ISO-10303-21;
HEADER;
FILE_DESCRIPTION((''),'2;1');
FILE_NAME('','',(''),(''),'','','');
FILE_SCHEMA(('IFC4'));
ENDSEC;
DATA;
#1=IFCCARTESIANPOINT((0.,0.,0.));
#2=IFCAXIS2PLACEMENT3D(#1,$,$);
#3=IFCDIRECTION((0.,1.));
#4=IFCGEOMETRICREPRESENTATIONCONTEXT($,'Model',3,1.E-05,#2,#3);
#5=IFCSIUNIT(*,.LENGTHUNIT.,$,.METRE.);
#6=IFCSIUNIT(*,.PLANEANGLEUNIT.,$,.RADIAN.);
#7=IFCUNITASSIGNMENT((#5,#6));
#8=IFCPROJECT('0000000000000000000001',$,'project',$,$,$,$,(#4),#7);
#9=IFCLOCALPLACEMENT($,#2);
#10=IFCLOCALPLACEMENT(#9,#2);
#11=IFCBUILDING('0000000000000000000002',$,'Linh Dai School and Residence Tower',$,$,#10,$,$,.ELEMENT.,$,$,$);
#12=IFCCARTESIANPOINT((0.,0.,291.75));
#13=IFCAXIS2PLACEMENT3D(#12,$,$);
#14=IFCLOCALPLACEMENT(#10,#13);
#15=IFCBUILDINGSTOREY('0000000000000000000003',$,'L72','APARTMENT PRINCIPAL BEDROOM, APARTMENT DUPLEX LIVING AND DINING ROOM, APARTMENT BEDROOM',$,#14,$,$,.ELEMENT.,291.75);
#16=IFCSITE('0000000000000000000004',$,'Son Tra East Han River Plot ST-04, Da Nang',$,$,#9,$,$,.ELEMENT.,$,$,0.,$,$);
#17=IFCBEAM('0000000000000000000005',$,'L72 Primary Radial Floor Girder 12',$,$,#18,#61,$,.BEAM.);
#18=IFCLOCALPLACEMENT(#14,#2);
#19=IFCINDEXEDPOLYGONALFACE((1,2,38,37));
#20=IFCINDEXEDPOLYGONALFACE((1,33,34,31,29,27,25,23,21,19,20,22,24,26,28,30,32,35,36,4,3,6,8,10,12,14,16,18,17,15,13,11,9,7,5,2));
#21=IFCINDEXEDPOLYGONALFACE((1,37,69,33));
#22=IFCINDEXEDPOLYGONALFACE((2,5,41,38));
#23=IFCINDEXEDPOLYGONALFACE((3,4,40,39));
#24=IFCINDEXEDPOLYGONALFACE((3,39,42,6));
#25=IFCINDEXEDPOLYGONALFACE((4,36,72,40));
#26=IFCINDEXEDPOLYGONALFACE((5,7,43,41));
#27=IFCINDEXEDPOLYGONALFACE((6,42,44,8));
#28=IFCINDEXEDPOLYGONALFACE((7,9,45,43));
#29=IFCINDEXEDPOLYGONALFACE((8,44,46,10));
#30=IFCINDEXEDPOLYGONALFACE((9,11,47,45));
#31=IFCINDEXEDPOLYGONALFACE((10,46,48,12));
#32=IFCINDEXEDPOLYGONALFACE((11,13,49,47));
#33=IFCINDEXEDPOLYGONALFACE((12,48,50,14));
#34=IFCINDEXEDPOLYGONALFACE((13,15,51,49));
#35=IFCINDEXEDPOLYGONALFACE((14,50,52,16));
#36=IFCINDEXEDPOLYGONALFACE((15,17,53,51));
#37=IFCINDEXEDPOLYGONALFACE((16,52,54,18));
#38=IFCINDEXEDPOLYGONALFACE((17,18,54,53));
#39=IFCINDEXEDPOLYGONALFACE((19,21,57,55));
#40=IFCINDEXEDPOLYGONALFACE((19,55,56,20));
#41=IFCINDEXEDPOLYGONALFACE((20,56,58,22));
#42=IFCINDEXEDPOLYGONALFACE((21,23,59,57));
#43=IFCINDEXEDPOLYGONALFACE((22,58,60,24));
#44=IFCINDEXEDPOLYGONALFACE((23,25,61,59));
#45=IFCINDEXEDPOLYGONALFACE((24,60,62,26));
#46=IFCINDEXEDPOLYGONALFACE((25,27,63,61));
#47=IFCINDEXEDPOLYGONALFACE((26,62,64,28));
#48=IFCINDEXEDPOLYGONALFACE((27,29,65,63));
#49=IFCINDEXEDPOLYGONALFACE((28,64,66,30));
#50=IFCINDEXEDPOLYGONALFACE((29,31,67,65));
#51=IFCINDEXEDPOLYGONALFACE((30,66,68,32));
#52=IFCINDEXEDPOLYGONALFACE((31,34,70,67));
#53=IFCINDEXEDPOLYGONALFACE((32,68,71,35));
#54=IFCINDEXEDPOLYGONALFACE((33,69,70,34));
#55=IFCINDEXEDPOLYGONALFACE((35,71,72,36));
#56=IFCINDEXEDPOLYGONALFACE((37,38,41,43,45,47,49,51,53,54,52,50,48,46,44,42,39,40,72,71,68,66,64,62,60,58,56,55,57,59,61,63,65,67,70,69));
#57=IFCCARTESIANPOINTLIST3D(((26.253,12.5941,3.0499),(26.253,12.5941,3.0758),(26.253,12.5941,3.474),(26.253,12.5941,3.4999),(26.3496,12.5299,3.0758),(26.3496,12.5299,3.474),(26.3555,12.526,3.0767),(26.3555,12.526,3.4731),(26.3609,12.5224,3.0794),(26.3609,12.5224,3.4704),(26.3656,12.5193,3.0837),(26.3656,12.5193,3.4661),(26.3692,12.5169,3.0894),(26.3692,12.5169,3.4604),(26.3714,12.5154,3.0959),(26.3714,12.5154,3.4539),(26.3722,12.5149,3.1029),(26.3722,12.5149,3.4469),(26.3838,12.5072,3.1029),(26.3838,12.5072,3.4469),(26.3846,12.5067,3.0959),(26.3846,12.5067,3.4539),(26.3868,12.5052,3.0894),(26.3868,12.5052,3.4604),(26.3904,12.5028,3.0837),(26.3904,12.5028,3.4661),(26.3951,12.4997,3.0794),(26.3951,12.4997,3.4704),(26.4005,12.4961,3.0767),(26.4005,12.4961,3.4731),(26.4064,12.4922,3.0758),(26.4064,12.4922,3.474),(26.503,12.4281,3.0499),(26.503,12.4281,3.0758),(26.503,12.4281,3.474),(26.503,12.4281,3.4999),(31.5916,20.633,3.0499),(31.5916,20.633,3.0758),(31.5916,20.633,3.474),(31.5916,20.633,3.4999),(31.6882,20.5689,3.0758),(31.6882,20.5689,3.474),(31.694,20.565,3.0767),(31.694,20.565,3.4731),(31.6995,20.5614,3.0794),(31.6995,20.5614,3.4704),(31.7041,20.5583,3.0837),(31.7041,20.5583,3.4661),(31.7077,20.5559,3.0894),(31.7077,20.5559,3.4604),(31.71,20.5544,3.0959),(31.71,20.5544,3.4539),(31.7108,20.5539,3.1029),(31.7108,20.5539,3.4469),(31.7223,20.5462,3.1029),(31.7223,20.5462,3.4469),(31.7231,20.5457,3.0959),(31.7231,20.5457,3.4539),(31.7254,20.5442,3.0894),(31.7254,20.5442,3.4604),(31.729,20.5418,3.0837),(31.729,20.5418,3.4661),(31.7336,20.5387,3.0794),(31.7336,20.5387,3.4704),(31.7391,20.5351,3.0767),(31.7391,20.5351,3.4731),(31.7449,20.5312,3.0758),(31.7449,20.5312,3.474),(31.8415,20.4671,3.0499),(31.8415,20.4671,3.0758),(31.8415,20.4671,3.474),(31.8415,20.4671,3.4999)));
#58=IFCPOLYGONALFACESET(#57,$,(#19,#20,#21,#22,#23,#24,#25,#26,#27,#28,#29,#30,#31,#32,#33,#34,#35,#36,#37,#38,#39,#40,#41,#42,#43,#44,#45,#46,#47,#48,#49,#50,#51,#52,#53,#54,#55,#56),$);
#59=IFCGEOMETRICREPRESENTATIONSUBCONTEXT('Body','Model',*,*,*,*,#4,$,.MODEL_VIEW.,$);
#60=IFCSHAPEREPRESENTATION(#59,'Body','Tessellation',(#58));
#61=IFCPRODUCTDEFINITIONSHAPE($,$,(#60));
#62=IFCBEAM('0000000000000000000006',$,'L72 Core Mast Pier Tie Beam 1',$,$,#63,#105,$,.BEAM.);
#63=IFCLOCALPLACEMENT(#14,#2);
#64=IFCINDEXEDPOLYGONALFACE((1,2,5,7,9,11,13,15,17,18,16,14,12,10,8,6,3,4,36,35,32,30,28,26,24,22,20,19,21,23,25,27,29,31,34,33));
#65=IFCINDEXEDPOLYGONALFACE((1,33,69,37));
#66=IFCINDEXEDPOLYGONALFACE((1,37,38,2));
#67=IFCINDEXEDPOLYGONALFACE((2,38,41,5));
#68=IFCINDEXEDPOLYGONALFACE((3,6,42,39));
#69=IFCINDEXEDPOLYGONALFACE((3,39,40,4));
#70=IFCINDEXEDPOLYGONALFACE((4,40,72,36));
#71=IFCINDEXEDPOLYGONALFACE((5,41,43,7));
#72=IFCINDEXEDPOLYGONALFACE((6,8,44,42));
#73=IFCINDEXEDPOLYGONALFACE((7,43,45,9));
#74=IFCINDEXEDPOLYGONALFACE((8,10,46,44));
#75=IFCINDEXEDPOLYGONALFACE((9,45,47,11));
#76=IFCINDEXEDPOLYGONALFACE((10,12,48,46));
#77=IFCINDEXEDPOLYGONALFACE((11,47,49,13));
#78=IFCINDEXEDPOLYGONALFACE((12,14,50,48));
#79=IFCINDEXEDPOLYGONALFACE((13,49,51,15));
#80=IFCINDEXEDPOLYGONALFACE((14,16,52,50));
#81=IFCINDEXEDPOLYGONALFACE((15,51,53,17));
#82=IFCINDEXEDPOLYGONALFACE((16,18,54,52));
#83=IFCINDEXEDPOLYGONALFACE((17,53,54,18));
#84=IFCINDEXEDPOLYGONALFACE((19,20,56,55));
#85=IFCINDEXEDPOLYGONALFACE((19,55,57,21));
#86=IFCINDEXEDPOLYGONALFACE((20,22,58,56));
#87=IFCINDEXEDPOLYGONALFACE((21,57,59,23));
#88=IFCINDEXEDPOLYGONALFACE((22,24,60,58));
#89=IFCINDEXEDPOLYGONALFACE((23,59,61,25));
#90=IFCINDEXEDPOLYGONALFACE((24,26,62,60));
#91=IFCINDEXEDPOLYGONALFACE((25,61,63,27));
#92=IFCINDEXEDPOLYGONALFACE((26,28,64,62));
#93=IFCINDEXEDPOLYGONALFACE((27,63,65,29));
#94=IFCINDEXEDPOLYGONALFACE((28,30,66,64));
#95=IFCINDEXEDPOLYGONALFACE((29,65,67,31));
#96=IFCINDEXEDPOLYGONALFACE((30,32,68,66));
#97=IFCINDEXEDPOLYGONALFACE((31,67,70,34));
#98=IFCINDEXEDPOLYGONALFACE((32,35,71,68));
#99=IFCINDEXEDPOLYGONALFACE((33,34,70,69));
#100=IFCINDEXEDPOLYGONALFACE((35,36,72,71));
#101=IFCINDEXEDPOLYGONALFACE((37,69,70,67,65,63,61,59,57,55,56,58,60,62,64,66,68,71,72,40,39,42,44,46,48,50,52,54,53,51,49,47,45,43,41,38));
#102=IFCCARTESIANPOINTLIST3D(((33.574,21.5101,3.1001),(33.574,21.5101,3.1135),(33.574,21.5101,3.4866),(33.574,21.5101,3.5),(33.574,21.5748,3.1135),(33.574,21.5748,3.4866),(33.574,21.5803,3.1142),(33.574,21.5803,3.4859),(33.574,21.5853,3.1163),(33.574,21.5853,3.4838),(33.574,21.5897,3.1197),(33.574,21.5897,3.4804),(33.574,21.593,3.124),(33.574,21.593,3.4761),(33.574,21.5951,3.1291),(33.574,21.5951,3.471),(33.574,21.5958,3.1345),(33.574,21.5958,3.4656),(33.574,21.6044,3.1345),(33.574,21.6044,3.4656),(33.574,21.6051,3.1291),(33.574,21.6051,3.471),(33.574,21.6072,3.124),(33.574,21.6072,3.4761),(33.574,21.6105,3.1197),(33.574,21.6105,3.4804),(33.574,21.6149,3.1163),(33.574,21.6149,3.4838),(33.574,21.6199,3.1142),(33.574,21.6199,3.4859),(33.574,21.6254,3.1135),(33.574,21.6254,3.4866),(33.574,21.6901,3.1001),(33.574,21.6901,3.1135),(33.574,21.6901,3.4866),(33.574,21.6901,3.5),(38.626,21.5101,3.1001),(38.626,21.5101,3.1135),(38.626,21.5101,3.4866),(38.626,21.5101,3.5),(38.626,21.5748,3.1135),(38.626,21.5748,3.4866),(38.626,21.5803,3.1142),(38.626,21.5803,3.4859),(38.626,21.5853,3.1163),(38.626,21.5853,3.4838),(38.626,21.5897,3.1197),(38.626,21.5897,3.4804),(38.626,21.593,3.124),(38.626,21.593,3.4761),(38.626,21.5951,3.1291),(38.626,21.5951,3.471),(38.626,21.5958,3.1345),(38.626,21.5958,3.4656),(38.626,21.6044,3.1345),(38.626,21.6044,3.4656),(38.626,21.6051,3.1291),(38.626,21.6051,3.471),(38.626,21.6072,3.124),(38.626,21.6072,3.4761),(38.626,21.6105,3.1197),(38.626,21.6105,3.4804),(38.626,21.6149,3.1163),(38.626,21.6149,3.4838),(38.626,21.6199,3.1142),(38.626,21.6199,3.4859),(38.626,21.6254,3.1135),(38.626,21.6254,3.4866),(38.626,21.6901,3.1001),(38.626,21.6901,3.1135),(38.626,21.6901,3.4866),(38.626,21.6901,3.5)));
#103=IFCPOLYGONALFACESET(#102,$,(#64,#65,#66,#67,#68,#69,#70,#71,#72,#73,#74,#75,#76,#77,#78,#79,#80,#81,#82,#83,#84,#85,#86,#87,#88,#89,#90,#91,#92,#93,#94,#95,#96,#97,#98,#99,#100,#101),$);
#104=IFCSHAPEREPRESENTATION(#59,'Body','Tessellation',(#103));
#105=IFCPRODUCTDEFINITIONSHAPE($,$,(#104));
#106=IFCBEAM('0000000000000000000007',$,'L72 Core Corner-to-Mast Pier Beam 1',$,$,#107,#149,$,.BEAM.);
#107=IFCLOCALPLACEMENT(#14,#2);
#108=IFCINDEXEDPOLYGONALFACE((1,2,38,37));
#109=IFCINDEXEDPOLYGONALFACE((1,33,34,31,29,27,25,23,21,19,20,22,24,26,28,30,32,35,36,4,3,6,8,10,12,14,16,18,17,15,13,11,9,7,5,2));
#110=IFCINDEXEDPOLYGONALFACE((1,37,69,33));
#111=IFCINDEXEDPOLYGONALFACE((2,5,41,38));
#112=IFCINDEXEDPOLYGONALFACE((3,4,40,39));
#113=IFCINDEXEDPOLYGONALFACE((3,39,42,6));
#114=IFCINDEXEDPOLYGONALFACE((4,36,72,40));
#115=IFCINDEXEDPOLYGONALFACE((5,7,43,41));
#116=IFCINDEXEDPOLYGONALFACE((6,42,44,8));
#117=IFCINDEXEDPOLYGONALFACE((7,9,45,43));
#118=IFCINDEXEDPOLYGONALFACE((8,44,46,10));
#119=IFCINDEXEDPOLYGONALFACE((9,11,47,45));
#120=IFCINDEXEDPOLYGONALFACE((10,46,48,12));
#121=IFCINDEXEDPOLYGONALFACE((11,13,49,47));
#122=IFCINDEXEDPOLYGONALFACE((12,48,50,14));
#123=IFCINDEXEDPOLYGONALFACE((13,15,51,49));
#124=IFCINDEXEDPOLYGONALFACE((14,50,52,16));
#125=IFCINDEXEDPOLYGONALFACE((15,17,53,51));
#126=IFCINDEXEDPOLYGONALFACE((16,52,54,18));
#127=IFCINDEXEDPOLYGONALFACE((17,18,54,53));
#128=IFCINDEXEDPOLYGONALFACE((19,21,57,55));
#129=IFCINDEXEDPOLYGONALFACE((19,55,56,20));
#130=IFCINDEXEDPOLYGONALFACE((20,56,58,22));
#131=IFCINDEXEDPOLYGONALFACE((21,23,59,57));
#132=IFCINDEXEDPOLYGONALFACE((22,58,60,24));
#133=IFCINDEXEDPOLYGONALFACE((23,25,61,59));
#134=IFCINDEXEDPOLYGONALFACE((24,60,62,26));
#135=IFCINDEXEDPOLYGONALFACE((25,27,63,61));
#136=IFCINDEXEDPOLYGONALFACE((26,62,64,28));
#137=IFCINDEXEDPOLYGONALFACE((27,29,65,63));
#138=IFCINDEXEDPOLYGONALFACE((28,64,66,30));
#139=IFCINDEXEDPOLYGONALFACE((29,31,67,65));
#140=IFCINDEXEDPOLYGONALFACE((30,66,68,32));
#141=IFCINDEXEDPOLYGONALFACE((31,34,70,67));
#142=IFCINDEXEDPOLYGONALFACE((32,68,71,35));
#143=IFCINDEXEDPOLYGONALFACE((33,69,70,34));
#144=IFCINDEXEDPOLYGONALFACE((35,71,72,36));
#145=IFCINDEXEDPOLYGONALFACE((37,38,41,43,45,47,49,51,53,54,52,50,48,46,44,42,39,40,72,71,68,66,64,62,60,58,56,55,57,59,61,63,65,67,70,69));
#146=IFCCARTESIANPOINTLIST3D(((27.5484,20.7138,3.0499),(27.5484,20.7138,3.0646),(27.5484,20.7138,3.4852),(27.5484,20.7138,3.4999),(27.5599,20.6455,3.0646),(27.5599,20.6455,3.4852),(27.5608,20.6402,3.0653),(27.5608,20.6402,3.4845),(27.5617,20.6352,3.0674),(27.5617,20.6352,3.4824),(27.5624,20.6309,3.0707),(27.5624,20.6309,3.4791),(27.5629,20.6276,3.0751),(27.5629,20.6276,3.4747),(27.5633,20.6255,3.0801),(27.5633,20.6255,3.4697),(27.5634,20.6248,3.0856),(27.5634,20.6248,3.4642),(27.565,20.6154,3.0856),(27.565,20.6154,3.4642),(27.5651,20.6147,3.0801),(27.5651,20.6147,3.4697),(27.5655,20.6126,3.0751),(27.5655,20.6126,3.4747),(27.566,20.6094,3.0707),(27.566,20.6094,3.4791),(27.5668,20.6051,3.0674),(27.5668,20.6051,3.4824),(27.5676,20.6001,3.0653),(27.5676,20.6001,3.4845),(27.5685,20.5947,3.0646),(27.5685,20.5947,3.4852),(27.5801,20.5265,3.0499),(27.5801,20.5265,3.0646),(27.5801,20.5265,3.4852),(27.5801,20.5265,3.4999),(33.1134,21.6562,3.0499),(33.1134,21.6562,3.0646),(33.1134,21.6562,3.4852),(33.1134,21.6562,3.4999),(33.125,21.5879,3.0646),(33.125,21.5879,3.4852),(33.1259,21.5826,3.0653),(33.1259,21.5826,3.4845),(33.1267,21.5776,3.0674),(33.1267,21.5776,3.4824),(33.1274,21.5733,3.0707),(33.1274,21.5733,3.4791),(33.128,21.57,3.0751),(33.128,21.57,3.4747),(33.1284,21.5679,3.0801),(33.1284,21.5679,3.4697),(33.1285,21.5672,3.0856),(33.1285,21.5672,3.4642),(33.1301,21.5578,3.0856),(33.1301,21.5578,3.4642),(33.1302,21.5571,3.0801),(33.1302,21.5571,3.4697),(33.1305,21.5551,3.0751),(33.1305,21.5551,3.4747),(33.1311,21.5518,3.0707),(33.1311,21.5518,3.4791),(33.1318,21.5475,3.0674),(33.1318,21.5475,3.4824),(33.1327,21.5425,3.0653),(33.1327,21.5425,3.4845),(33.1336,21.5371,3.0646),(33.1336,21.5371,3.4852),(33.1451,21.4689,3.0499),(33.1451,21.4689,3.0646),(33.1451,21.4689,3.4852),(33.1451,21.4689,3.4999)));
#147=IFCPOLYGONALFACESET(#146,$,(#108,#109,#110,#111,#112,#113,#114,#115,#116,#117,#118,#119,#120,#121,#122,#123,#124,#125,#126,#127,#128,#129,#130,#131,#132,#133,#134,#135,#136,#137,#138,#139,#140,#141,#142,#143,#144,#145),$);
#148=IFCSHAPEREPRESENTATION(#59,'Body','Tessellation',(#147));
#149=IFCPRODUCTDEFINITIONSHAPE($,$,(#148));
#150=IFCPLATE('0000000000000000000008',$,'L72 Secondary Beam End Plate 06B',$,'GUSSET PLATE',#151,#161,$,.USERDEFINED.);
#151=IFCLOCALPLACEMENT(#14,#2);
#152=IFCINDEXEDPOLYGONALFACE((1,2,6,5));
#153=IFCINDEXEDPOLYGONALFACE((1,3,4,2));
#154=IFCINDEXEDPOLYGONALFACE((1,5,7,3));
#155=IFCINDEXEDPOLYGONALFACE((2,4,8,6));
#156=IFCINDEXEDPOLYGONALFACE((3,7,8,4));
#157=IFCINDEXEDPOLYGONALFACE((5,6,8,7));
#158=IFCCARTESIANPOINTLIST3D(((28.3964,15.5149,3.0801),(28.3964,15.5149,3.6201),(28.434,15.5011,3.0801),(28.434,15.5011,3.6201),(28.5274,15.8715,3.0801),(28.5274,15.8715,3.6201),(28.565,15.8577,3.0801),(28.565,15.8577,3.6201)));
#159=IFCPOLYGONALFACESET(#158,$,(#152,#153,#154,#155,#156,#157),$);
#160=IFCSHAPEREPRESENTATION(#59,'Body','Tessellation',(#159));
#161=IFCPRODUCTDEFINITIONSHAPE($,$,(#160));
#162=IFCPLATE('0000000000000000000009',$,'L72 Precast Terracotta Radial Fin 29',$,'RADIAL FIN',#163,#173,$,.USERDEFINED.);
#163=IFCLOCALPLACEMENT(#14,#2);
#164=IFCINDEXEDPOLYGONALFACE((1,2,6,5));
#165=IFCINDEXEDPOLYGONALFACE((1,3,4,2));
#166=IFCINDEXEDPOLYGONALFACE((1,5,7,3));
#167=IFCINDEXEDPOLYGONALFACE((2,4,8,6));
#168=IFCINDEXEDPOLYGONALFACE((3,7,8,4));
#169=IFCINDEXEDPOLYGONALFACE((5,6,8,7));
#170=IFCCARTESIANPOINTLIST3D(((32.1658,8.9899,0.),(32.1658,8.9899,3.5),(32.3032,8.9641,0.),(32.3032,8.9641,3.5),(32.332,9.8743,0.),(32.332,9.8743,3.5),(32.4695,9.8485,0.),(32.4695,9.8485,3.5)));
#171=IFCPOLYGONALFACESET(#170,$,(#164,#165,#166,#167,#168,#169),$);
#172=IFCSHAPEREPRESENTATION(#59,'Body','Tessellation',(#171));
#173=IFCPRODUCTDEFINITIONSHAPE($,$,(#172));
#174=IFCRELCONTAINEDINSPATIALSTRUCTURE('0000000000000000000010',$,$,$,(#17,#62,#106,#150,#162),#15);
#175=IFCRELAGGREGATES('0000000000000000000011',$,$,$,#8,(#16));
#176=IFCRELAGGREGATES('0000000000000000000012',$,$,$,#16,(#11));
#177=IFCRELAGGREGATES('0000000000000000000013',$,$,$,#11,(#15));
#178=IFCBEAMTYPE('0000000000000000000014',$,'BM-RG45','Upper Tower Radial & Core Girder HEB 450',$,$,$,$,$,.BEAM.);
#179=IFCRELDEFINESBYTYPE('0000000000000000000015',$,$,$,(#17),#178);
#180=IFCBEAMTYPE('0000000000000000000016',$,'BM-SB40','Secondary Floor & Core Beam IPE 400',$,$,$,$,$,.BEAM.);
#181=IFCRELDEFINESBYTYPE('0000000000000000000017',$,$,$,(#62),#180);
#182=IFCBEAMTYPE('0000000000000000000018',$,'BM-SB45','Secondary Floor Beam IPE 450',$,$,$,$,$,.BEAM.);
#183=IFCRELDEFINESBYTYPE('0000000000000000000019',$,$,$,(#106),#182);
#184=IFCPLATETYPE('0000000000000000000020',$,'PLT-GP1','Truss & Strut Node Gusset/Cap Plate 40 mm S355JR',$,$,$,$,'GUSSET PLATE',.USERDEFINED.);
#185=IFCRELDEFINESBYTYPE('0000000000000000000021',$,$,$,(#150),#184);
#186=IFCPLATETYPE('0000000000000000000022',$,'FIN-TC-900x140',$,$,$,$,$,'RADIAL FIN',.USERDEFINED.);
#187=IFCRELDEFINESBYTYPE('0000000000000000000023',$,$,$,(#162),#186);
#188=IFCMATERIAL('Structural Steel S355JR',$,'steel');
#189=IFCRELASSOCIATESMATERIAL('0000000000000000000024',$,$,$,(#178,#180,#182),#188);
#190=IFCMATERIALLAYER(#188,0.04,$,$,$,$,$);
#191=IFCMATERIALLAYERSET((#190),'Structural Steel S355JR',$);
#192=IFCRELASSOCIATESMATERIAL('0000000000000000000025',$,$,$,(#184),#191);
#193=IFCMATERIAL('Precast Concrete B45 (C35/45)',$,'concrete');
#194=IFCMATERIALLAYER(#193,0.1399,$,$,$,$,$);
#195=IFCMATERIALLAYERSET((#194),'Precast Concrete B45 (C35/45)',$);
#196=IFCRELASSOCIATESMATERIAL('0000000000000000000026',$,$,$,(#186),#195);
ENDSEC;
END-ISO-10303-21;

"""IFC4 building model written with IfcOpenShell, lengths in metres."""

from ifc_helpers import new_model, si_unit, direction, frame, origin, origin_2d, place, context, subcontext, project, spatial, rectangle, i_section, extrude, source, transform, mapped, material, layer, layer_set, material_profile, profile_set, type_object, element, save


model = new_model("IFC4")

# Units and contexts
model_context = context("Model", 3, precision=1e-05, world=origin(), true_north=direction((0.0, 1.0)))
body_context = subcontext(model_context, "Body", "Model", "MODEL_VIEW")
ifc_project = project(units=[si_unit("LENGTHUNIT", "METRE"), si_unit("PLANEANGLEUNIT", "RADIAN")], contexts=[model_context])

# Site, building, storey
site_placement = place(None, origin())
site = spatial("IfcSite", under=ifc_project, at=site_placement, Name="Son Tra East Han River Plot ST-04, Da Nang", CompositionType="ELEMENT", RefElevation=0.0)
building_placement = place(site_placement, origin())
building = spatial("IfcBuilding", under=site, at=building_placement, Name="Linh Dai School and Residence Tower", CompositionType="ELEMENT")
storey_placement = place(building_placement, frame((0.0, 0.0, 291.75)))
storey = spatial("IfcBuildingStorey", under=building, at=storey_placement, Name="L72", Description="APARTMENT PRINCIPAL BEDROOM, APARTMENT DUPLEX LIVING AND DINING ROOM, APARTMENT BEDROOM", CompositionType="ELEMENT", Elevation=291.75)

# Shared definitions
ifc_material_1 = material(Name="Structural Steel S355JR", Category="steel")

# Beams
ifc_material_profile_1 = material_profile(ifc_material_1, i_section(OverallWidth=0.3, OverallDepth=0.45, WebThickness=0.0139, FlangeThickness=0.0259, FilletRadius=0.0271, at=origin_2d()), Name="HEB 450")
ifc_profile_set_1 = profile_set([ifc_material_profile_1], Name="Structural Steel S355JR")
beam_type_1 = type_object("IfcBeamType", Name="BM-RG45", Description="Upper Tower Radial & Core Girder HEB 450", PredefinedType="BEAM", material=ifc_profile_set_1)
beam_1_placement = place(storey_placement, frame((31.7166, 20.55, 3.2749), z_axis=(-0.553211, -0.833041, 0.0), x_axis=(0.833041, -0.553211, 0.0)))
element("IfcBeam", 1, at=beam_1_placement, inside=storey, type_object=beam_type_1, Name="L72 Primary Radial Floor Girder 12", PredefinedType="BEAM", context=body_context, shape_type="SweptSolid", body=[
    extrude(i_section(OverallWidth=0.3, OverallDepth=0.45, WebThickness=0.0139, FlangeThickness=0.0259, FilletRadius=0.0271, at=origin_2d()), origin(), (0.0, 0.0, 1.0), 9.6501),
])
ifc_material_profile_2 = material_profile(ifc_material_1, i_section(OverallWidth=0.1799, OverallDepth=0.3999, WebThickness=0.0085, FlangeThickness=0.0134, FilletRadius=0.021, at=origin_2d()), Name="IPE 400")
ifc_profile_set_2 = profile_set([ifc_material_profile_2], Name="Structural Steel S355JR")
beam_type_2 = type_object("IfcBeamType", Name="BM-SB40", Description="Secondary Floor & Core Beam IPE 400", PredefinedType="BEAM", material=ifc_profile_set_2)
beam_2_placement = place(storey_placement, frame((33.574, 21.6001, 3.3), z_axis=(1.0, 0.0, 0.0), x_axis=(0.0, 1.0, 0.0)))
element("IfcBeam", 2, at=beam_2_placement, inside=storey, type_object=beam_type_2, Name="L72 Core Mast Pier Tie Beam 1", PredefinedType="BEAM", context=body_context, shape_type="SweptSolid", body=[
    extrude(i_section(OverallWidth=0.1799, OverallDepth=0.3999, WebThickness=0.0085, FlangeThickness=0.0134, FilletRadius=0.021, at=origin_2d()), origin(), (0.0, 0.0, 1.0), 5.052),
])
ifc_material_profile_3 = material_profile(ifc_material_1, i_section(OverallWidth=0.1899, OverallDepth=0.45, WebThickness=0.0095, FlangeThickness=0.0146, FilletRadius=0.021, at=origin_2d()), Name="IPE 450")
ifc_profile_set_3 = profile_set([ifc_material_profile_3], Name="Structural Steel S355JR")
beam_type_3 = type_object("IfcBeamType", Name="BM-SB45", Description="Secondary Floor Beam IPE 450", PredefinedType="BEAM", material=ifc_profile_set_3)
beam_3_placement = place(storey_placement, frame((27.5642, 20.6201, 3.2749), z_axis=(0.985963, 0.166966, 0.0), x_axis=(-0.166966, 0.985963, 0.0)))
element("IfcBeam", 3, at=beam_3_placement, inside=storey, type_object=beam_type_3, Name="L72 Core Corner-to-Mast Pier Beam 1", PredefinedType="BEAM", context=body_context, shape_type="SweptSolid", body=[
    extrude(i_section(OverallWidth=0.1899, OverallDepth=0.45, WebThickness=0.0095, FlangeThickness=0.0146, FilletRadius=0.021, at=origin_2d()), origin(), (0.0, 0.0, 1.0), 5.6443),
])

# Plates
ifc_layer_1 = layer(ifc_material_1, 0.04)
ifc_layer_set_1 = layer_set([ifc_layer_1], Name="Structural Steel S355JR")
plate_type_1 = type_object("IfcPlateType", Name="PLT-GP1", Description="Truss & Strut Node Gusset/Cap Plate 40 mm S355JR", ElementType="GUSSET PLATE", PredefinedType="USERDEFINED", material=ifc_layer_set_1)
shared_shape_1 = source(origin(), body_context, "Body", "SweptSolid", [
    extrude(rectangle(XDim=0.04, YDim=0.3799, at=origin_2d()), origin(), (0.0, 0.0, 1.0), 0.54),
])
plate_1_placement = place(storey_placement, frame((28.4807, 15.6863, 3.0801), z_axis=(0.0, 0.0, 1.0), x_axis=(0.938695, -0.344748, 0.0)))
element("IfcPlate", 4, at=plate_1_placement, inside=storey, type_object=plate_type_1, Name="L72 Secondary Beam End Plate 06B", ObjectType="GUSSET PLATE", PredefinedType="USERDEFINED", context=body_context, shape_type="MappedRepresentation", body=[
    mapped(shared_shape_1, transform((0.0, 0.0, 0.0), x_axis=(1.0, 0.0, 0.0), y_axis=(0.0, 1.0, 0.0), z_axis=(0.0, 0.0, 1.0), scale=1.0)),
])
ifc_material_2 = material(Name="Precast Concrete B45 (C35/45)", Category="concrete")
ifc_layer_2 = layer(ifc_material_2, 0.1399)
ifc_layer_set_2 = layer_set([ifc_layer_2], Name="Precast Concrete B45 (C35/45)")
plate_type_2 = type_object("IfcPlateType", Name="FIN-TC-900x140", ElementType="RADIAL FIN", PredefinedType="USERDEFINED", material=ifc_layer_set_2)
shared_shape_2 = source(origin(), body_context, "Body", "SweptSolid", [
    extrude(rectangle(XDim=0.8999, YDim=0.1399, at=origin_2d()), origin(), (0.0, 0.0, 1.0), 3.5),
])
plate_2_placement = place(storey_placement, frame((32.3176, 9.4192, 0.0), z_axis=(0.0, 0.0, 1.0), x_axis=(-0.184751, -0.982785, 0.0)))
element("IfcPlate", 5, at=plate_2_placement, inside=storey, type_object=plate_type_2, Name="L72 Precast Terracotta Radial Fin 29", ObjectType="RADIAL FIN", PredefinedType="USERDEFINED", context=body_context, shape_type="MappedRepresentation", body=[
    mapped(shared_shape_2, transform((0.0, 0.0, 0.0), x_axis=(1.0, 0.0, 0.0), y_axis=(0.0, 1.0, 0.0), z_axis=(0.0, 0.0, 1.0), scale=1.0)),
])

save(model, "model.ifc")
